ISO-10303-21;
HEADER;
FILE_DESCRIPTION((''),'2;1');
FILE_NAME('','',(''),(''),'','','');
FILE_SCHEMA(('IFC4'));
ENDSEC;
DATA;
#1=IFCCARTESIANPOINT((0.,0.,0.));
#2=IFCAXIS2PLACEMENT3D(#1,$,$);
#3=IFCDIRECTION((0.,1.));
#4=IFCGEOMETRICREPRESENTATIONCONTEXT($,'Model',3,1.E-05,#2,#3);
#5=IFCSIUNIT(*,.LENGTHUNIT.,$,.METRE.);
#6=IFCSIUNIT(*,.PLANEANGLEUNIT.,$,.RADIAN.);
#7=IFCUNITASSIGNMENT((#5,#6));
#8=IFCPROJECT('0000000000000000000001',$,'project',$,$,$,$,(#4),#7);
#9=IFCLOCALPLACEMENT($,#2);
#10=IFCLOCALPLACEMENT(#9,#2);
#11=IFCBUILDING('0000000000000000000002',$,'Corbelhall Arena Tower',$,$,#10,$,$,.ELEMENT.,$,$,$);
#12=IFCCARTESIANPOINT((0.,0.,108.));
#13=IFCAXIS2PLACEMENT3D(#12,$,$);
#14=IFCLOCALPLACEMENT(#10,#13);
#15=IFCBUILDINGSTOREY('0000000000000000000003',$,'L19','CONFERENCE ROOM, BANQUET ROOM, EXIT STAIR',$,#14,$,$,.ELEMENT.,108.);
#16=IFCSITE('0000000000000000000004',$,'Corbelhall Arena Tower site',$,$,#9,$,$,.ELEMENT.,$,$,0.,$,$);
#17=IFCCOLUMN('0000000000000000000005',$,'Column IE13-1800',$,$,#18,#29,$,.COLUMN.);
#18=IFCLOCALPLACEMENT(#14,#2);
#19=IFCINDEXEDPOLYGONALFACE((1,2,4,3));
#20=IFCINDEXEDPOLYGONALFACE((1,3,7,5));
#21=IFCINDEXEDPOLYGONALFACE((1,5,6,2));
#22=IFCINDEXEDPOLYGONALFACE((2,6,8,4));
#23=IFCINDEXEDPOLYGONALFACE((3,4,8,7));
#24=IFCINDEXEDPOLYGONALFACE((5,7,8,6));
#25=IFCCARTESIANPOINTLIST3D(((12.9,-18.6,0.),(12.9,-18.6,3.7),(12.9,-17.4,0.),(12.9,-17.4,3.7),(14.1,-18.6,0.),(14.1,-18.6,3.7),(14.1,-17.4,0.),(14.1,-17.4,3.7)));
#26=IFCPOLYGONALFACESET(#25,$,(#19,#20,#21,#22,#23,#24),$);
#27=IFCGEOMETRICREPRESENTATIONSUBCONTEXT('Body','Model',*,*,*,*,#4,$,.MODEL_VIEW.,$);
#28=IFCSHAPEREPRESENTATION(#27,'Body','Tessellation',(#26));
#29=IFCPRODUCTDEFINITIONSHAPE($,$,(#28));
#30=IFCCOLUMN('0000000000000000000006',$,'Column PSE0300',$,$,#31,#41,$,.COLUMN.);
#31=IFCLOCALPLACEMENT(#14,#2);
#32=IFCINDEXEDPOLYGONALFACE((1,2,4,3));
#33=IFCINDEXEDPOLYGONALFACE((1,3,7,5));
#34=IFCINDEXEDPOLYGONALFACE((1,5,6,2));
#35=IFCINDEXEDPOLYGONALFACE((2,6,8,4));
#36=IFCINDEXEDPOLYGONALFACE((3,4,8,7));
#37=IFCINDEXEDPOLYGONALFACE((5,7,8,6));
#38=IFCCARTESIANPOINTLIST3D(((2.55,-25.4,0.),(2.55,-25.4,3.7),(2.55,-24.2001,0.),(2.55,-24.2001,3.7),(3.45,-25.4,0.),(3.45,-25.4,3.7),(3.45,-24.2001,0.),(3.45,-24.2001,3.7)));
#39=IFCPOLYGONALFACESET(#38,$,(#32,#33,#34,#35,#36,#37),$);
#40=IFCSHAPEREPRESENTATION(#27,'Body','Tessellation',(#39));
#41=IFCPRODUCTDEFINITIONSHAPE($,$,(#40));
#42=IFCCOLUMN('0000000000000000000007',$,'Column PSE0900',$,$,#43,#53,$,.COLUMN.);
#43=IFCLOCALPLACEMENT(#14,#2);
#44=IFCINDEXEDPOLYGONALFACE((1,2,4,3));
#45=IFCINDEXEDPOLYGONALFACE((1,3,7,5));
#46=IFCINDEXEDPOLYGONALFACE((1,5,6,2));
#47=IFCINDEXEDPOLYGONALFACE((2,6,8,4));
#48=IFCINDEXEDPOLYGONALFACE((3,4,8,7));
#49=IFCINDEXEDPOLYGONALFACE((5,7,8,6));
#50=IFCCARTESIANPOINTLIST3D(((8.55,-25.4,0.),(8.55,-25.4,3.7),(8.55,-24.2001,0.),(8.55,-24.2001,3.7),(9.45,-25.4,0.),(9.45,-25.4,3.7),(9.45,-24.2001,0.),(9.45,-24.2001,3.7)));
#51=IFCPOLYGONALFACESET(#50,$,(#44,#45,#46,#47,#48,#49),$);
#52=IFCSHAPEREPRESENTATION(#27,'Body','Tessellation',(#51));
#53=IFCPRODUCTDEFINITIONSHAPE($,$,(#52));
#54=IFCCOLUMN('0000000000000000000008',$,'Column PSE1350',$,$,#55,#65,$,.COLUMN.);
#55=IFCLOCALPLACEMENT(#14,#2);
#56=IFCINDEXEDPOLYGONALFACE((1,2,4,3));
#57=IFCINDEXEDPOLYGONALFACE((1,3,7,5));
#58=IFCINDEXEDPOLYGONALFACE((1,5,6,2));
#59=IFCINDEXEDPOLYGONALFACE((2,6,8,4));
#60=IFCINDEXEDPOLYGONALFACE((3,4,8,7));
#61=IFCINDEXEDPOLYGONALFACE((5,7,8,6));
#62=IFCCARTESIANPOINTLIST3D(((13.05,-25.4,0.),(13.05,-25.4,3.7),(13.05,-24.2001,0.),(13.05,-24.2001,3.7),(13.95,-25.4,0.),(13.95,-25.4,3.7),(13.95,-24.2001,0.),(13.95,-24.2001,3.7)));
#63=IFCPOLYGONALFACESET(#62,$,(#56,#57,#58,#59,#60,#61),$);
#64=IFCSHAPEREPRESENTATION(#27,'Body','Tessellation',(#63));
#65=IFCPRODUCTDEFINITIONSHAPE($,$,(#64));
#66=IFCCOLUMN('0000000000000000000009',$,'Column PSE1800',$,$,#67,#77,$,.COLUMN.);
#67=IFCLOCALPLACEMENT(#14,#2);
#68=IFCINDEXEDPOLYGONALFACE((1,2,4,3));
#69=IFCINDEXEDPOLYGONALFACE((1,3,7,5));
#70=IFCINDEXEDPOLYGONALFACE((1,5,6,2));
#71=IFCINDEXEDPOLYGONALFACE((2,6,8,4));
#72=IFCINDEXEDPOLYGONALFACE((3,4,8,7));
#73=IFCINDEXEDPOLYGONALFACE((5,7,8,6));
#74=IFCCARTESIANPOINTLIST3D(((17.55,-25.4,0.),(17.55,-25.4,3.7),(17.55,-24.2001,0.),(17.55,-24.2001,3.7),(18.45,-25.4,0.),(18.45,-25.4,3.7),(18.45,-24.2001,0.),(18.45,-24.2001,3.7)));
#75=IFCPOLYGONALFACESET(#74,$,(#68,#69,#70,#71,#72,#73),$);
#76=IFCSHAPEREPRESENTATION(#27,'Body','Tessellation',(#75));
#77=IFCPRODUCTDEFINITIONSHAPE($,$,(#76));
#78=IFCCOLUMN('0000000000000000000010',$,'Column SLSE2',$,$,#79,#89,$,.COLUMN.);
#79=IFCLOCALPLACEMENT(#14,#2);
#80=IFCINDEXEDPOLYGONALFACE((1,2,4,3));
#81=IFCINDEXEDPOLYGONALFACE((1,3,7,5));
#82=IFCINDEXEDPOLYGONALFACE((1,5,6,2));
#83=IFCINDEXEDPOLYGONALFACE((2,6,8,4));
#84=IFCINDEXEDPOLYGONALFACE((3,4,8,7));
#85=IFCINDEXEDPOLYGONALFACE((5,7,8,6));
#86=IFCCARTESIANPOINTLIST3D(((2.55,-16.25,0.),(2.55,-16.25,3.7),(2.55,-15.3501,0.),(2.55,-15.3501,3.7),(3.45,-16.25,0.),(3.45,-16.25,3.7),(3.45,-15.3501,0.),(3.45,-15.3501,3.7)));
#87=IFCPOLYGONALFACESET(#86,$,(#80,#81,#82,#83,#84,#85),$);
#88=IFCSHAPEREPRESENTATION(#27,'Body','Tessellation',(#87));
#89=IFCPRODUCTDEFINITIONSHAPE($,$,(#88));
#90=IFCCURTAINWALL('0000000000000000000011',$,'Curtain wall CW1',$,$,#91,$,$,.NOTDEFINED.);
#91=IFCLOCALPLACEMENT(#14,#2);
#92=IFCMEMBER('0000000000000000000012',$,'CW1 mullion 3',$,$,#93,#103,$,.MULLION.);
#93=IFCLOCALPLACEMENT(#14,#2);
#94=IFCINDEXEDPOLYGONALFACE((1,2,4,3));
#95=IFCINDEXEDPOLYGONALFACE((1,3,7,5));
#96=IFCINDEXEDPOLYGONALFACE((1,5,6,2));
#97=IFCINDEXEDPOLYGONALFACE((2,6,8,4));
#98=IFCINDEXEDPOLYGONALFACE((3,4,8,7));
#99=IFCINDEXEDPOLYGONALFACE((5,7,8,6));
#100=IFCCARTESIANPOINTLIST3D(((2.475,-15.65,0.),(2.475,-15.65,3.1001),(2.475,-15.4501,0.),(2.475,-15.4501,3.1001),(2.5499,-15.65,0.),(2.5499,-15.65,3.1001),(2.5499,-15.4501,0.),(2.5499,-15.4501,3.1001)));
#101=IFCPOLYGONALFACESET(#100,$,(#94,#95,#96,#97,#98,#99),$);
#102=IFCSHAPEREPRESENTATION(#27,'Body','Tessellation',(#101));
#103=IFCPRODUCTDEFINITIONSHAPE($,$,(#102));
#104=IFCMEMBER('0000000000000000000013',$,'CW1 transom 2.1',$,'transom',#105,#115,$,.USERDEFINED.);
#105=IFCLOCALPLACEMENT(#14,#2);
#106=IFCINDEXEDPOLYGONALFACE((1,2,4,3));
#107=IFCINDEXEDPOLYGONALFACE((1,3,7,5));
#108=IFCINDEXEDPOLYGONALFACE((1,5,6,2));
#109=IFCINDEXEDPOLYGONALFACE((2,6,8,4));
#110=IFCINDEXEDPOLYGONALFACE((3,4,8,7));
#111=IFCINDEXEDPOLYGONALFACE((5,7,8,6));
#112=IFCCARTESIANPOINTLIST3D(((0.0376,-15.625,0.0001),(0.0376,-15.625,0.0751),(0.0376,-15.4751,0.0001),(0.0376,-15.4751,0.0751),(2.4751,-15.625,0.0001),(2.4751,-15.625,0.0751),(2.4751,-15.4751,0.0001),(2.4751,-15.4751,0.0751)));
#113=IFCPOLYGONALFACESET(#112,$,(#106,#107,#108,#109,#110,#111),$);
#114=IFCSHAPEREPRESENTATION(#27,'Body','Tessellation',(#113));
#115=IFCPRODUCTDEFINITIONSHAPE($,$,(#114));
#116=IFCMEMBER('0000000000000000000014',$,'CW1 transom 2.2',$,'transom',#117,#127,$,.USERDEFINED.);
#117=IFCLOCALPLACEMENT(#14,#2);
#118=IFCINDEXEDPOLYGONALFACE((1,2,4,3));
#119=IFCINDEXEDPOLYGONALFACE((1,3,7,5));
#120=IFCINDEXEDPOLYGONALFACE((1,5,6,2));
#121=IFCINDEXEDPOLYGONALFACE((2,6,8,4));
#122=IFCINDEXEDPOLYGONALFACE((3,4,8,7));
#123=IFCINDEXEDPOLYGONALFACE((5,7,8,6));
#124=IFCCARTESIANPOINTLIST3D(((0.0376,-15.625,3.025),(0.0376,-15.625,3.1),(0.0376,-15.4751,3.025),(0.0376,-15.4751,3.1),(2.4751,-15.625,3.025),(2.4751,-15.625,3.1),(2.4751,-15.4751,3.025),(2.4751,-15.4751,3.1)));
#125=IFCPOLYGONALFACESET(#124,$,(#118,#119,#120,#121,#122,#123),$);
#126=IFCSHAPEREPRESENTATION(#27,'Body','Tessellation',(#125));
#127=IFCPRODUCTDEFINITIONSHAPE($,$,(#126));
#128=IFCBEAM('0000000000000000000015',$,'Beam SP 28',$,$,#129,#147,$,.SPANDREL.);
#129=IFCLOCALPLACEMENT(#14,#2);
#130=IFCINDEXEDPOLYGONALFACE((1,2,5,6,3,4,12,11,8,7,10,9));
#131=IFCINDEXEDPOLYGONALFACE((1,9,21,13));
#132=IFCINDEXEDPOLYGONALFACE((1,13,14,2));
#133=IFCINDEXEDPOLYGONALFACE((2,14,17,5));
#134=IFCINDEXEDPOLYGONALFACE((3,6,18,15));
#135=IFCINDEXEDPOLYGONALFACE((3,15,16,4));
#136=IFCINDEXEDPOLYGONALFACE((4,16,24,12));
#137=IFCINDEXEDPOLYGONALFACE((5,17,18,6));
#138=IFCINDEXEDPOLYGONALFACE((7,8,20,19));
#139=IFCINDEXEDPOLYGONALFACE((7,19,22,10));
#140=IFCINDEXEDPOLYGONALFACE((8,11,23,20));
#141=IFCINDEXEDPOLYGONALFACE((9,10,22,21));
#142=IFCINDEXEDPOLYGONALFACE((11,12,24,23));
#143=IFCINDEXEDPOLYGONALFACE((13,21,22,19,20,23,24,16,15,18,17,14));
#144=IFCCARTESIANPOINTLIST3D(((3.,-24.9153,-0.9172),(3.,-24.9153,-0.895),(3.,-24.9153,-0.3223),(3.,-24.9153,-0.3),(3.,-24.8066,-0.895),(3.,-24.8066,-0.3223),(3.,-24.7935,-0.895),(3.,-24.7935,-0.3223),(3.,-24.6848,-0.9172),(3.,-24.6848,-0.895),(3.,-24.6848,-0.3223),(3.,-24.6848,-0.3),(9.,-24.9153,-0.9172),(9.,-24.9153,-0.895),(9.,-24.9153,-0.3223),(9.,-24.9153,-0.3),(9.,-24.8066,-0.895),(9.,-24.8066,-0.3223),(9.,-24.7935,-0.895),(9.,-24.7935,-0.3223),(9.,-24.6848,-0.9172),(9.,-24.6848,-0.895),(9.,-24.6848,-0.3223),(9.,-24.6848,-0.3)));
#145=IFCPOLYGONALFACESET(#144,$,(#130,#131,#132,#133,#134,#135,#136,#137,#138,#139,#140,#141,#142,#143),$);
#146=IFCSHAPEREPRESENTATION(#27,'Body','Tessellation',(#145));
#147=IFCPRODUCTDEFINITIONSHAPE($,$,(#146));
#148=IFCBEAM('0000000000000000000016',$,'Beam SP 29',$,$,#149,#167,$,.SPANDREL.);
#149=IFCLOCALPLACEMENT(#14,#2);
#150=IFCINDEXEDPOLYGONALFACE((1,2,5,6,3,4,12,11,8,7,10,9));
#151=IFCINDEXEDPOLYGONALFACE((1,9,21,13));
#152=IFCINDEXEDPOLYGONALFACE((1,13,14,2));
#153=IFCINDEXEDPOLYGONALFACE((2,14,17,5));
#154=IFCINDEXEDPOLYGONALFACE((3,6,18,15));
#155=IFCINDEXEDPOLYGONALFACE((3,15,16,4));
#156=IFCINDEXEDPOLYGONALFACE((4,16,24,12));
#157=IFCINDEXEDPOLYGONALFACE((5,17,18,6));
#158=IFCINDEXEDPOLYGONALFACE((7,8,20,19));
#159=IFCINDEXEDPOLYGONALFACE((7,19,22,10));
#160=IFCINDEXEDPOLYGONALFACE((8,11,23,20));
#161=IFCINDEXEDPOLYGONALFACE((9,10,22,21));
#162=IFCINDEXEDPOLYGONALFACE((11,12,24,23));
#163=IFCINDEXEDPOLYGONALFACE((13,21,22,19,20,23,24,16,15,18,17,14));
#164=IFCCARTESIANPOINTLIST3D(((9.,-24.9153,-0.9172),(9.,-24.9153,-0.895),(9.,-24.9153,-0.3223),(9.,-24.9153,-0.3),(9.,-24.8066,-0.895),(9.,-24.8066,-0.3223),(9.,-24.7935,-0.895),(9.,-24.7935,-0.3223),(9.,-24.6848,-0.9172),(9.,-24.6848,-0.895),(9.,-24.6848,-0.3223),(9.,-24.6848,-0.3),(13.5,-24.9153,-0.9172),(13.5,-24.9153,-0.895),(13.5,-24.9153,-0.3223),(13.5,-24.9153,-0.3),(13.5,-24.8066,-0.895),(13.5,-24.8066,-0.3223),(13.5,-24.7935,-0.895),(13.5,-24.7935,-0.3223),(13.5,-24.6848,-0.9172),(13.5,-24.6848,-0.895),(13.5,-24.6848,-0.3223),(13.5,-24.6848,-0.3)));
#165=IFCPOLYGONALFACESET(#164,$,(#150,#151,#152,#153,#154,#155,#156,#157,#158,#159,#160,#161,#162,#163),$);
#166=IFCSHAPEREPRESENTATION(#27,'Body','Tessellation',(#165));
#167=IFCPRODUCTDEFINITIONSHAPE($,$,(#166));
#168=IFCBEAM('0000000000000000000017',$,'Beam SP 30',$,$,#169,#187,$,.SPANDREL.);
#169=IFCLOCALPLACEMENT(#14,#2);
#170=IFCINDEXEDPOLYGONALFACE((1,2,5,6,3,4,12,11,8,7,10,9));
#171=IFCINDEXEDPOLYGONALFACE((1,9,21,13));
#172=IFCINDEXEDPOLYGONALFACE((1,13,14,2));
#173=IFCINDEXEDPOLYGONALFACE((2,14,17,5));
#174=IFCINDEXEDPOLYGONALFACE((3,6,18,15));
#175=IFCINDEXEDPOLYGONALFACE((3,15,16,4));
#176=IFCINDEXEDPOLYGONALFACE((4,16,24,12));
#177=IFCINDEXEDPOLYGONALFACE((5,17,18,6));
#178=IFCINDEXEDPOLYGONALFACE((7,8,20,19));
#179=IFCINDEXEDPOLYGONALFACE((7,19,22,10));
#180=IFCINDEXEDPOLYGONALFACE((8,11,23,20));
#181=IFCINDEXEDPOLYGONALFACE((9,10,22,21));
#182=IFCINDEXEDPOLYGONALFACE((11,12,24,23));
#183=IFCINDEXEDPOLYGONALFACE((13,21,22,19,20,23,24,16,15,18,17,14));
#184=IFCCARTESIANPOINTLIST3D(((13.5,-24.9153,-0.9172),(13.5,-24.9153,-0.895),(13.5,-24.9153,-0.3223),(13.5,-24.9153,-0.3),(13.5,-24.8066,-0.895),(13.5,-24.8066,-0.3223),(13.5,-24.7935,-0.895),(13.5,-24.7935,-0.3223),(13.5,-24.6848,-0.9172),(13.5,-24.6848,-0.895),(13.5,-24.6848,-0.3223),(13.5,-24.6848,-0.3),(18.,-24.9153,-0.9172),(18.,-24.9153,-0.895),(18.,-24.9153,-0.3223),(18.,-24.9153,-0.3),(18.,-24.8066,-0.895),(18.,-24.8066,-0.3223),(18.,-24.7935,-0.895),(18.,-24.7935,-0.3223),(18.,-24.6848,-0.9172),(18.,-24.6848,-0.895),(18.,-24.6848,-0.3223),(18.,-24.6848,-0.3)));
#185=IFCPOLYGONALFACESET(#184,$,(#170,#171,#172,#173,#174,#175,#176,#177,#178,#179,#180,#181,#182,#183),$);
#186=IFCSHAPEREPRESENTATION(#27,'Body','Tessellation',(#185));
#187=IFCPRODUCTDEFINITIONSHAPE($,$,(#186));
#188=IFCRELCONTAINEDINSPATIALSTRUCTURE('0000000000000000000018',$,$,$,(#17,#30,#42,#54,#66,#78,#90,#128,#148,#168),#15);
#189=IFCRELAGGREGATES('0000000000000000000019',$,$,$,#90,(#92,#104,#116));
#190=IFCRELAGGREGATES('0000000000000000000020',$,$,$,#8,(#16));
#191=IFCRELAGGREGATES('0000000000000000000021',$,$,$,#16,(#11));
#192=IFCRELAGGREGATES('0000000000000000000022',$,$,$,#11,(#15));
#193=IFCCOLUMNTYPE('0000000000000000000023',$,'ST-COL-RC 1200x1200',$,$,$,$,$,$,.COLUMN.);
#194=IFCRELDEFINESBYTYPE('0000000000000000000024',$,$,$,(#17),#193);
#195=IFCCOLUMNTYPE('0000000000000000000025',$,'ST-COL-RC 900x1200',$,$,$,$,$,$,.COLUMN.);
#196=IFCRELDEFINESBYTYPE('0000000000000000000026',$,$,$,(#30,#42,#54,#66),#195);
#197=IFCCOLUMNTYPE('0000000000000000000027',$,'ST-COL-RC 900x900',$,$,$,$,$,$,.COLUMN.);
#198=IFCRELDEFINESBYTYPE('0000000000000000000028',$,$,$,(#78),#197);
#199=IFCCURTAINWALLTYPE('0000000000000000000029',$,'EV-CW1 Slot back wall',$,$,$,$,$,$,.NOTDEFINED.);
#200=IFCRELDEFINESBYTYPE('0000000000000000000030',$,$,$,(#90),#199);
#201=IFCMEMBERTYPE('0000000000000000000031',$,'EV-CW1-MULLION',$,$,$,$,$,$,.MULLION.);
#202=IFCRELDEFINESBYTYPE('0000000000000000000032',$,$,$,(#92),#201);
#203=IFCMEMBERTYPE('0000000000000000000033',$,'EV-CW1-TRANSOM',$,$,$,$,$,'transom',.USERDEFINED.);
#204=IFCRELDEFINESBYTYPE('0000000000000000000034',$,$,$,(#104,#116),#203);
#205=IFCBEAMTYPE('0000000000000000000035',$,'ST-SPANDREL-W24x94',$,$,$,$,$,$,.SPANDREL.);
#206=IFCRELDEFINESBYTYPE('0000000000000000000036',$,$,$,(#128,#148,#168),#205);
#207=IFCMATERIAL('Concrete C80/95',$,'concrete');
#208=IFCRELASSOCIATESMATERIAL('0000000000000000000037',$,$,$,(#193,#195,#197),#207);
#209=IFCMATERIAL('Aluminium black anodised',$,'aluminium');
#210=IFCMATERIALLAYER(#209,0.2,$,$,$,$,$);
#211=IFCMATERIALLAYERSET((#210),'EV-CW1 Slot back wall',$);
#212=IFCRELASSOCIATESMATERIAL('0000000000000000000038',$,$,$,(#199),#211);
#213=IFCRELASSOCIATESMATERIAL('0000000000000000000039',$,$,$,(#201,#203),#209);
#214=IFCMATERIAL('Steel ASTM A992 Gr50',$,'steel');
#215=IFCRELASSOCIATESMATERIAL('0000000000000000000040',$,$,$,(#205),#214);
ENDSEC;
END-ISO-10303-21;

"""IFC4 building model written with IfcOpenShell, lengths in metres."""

from ifc_helpers import new_model, si_unit, direction, frame, origin, origin_2d, place, context, subcontext, project, spatial, rectangle, i_section, extrude, material, layer, layer_set, material_profile, profile_set, type_object, element, aggregate, save


model = new_model("IFC4")

# Units and contexts
model_context = context("Model", 3, precision=1e-05, world=origin(), true_north=direction((0.0, 1.0)))
body_context = subcontext(model_context, "Body", "Model", "MODEL_VIEW")
ifc_project = project(units=[si_unit("LENGTHUNIT", "METRE"), si_unit("PLANEANGLEUNIT", "RADIAN")], contexts=[model_context])

# Site, building, storey
site_placement = place(None, origin())
site = spatial("IfcSite", under=ifc_project, at=site_placement, Name="Corbelhall Arena Tower site", CompositionType="ELEMENT", RefElevation=0.0)
building_placement = place(site_placement, origin())
building = spatial("IfcBuilding", under=site, at=building_placement, Name="Corbelhall Arena Tower", CompositionType="ELEMENT")
storey_placement = place(building_placement, frame((0.0, 0.0, 108.0)))
storey = spatial("IfcBuildingStorey", under=building, at=storey_placement, Name="L19", Description="CONFERENCE ROOM, BANQUET ROOM, EXIT STAIR", CompositionType="ELEMENT", Elevation=108.0)

# Columns
ifc_material_1 = material(Name="Concrete C80/95", Category="concrete")
ifc_material_profile_1 = material_profile(ifc_material_1, rectangle(XDim=1.2, YDim=1.2, at=origin_2d()))
ifc_profile_set_1 = profile_set([ifc_material_profile_1], Name="Concrete C80/95")
column_type_1 = type_object("IfcColumnType", Name="ST-COL-RC 1200x1200", PredefinedType="COLUMN", material=ifc_profile_set_1)
column_1_placement = place(storey_placement, frame((13.5, -18.0, 0.0), z_axis=(0.0, 0.0, 1.0), x_axis=(1.0, 0.0, 0.0)))
element("IfcColumn", 1, at=column_1_placement, inside=storey, type_object=column_type_1, Name="Column IE13-1800", PredefinedType="COLUMN", context=body_context, shape_type="SweptSolid", body=[
    extrude(rectangle(XDim=1.2, YDim=1.2, at=origin_2d()), origin(), (0.0, 0.0, 1.0), 3.7),
])
ifc_material_profile_2 = material_profile(ifc_material_1, rectangle(XDim=0.8999, YDim=1.2, at=origin_2d()))
ifc_profile_set_2 = profile_set([ifc_material_profile_2], Name="Concrete C80/95")
column_type_2 = type_object("IfcColumnType", Name="ST-COL-RC 900x1200", PredefinedType="COLUMN", material=ifc_profile_set_2)
for number, where, z_axis, x_axis, name in (
    (2, (3.0, -24.8, 0.0), (0.0, 0.0, 1.0), (1.0, 0.0, 0.0), "Column PSE0300"),
    (3, (9.0, -24.8, 0.0), (0.0, 0.0, 1.0), (1.0, 0.0, 0.0), "Column PSE0900"),
    (4, (13.5, -24.8, 0.0), (0.0, 0.0, 1.0), (1.0, 0.0, 0.0), "Column PSE1350"),
    (5, (18.0, -24.8, 0.0), (0.0, 0.0, 1.0), (1.0, 0.0, 0.0), "Column PSE1800"),
):
    element("IfcColumn", number, at=place(storey_placement, frame(where, z_axis=z_axis, x_axis=x_axis)), inside=storey, type_object=column_type_2, Name=name, PredefinedType="COLUMN", context=body_context, shape_type="SweptSolid", body=[
        extrude(rectangle(XDim=0.8999, YDim=1.2, at=origin_2d()), origin(), (0.0, 0.0, 1.0), 3.7),
    ])
ifc_material_profile_3 = material_profile(ifc_material_1, rectangle(XDim=0.8999, YDim=0.8999, at=origin_2d()))
ifc_profile_set_3 = profile_set([ifc_material_profile_3], Name="Concrete C80/95")
column_type_3 = type_object("IfcColumnType", Name="ST-COL-RC 900x900", PredefinedType="COLUMN", material=ifc_profile_set_3)
column_2_placement = place(storey_placement, frame((3.0, -15.8, 0.0), z_axis=(0.0, 0.0, 1.0), x_axis=(1.0, 0.0, 0.0)))
element("IfcColumn", 6, at=column_2_placement, inside=storey, type_object=column_type_3, Name="Column SLSE2", PredefinedType="COLUMN", context=body_context, shape_type="SweptSolid", body=[
    extrude(rectangle(XDim=0.8999, YDim=0.8999, at=origin_2d()), origin(), (0.0, 0.0, 1.0), 3.7),
])

# Curtain wall, members
ifc_material_2 = material(Name="Aluminium black anodised", Category="aluminium")
ifc_layer_1 = layer(ifc_material_2, 0.2)
ifc_layer_set_1 = layer_set([ifc_layer_1], Name="EV-CW1 Slot back wall")
curtain_wall_type = type_object("IfcCurtainWallType", Name="EV-CW1 Slot back wall", PredefinedType="NOTDEFINED", material=ifc_layer_set_1)
curtain_wall_placement = place(storey_placement, origin())
curtain_wall = element("IfcCurtainWall", 7, at=curtain_wall_placement, inside=storey, type_object=curtain_wall_type, Name="Curtain wall CW1", PredefinedType="NOTDEFINED")
ifc_material_profile_4 = material_profile(ifc_material_2, rectangle(XDim=0.2, YDim=0.075, at=origin_2d()))
ifc_profile_set_4 = profile_set([ifc_material_profile_4], Name="Aluminium black anodised")
member_type_1 = type_object("IfcMemberType", Name="EV-CW1-MULLION", PredefinedType="MULLION", material=ifc_profile_set_4)
member_1_placement = place(storey_placement, frame((2.5125, -15.55, 0.0), z_axis=(0.0, 0.0, 1.0), x_axis=(0.0, 1.0, 0.0)))
member_1 = element("IfcMember", 8, at=member_1_placement, type_object=member_type_1, Name="CW1 mullion 3", PredefinedType="MULLION", context=body_context, shape_type="SweptSolid", body=[
    extrude(rectangle(XDim=0.2, YDim=0.075, at=origin_2d()), origin(), (0.0, 0.0, 1.0), 3.1001),
])
ifc_material_profile_5 = material_profile(ifc_material_2, rectangle(XDim=0.1499, YDim=0.075, at=origin_2d()))
ifc_profile_set_5 = profile_set([ifc_material_profile_5], Name="Aluminium black anodised")
member_type_2 = type_object("IfcMemberType", Name="EV-CW1-TRANSOM", ElementType="transom", PredefinedType="USERDEFINED", material=ifc_profile_set_5)
member_2_placement = place(storey_placement, frame((0.0376, -15.55, 0.0376), z_axis=(1.0, 0.0, 0.0), x_axis=(0.0, 1.0, 0.0)))
member_2 = element("IfcMember", 9, at=member_2_placement, type_object=member_type_2, Name="CW1 transom 2.1", ObjectType="transom", PredefinedType="USERDEFINED", context=body_context, shape_type="SweptSolid", body=[
    extrude(rectangle(XDim=0.1499, YDim=0.075, at=origin_2d()), origin(), (0.0, 0.0, 1.0), 2.4375),
])
member_3_placement = place(storey_placement, frame((0.0376, -15.55, 3.0625), z_axis=(1.0, 0.0, 0.0), x_axis=(0.0, 1.0, 0.0)))
member_3 = element("IfcMember", 10, at=member_3_placement, type_object=member_type_2, Name="CW1 transom 2.2", ObjectType="transom", PredefinedType="USERDEFINED", context=body_context, shape_type="SweptSolid", body=[
    extrude(rectangle(XDim=0.1499, YDim=0.075, at=origin_2d()), origin(), (0.0, 0.0, 1.0), 2.4375),
])

# Beams
ifc_material_3 = material(Name="Steel ASTM A992 Gr50", Category="steel")
ifc_material_profile_6 = material_profile(ifc_material_3, i_section(OverallWidth=0.2305, OverallDepth=0.6172, WebThickness=0.0132, FlangeThickness=0.0222, at=origin_2d()))
ifc_profile_set_6 = profile_set([ifc_material_profile_6], Name="Steel ASTM A992 Gr50")
beam_type_1 = type_object("IfcBeamType", Name="ST-SPANDREL-W24x94", PredefinedType="SPANDREL", material=ifc_profile_set_6)
beam_1_placement = place(storey_placement, frame((9.0, -24.8, -0.6086), z_axis=(-1.0, 0.0, 0.0), x_axis=(0.0, -1.0, 0.0)))
element("IfcBeam", 11, at=beam_1_placement, inside=storey, type_object=beam_type_1, Name="Beam SP 28", PredefinedType="SPANDREL", context=body_context, shape_type="SweptSolid", body=[
    extrude(i_section(OverallWidth=0.2305, OverallDepth=0.6172, WebThickness=0.0132, FlangeThickness=0.0222, at=origin_2d()), origin(), (0.0, 0.0, 1.0), 6.0),
])
for number, where, z_axis, x_axis, name in (
    (12, (13.5, -24.8, -0.6086), (-1.0, 0.0, 0.0), (0.0, -1.0, 0.0), "Beam SP 29"),
    (13, (18.0, -24.8, -0.6086), (-1.0, 0.0, 0.0), (0.0, -1.0, 0.0), "Beam SP 30"),
):
    element("IfcBeam", number, at=place(storey_placement, frame(where, z_axis=z_axis, x_axis=x_axis)), inside=storey, type_object=beam_type_1, Name=name, PredefinedType="SPANDREL", context=body_context, shape_type="SweptSolid", body=[
        extrude(i_section(OverallWidth=0.2305, OverallDepth=0.6172, WebThickness=0.0132, FlangeThickness=0.0222, at=origin_2d()), origin(), (0.0, 0.0, 1.0), 4.5),
    ])

aggregate(curtain_wall, [member_1, member_2, member_3])

save(model, "model.ifc")
